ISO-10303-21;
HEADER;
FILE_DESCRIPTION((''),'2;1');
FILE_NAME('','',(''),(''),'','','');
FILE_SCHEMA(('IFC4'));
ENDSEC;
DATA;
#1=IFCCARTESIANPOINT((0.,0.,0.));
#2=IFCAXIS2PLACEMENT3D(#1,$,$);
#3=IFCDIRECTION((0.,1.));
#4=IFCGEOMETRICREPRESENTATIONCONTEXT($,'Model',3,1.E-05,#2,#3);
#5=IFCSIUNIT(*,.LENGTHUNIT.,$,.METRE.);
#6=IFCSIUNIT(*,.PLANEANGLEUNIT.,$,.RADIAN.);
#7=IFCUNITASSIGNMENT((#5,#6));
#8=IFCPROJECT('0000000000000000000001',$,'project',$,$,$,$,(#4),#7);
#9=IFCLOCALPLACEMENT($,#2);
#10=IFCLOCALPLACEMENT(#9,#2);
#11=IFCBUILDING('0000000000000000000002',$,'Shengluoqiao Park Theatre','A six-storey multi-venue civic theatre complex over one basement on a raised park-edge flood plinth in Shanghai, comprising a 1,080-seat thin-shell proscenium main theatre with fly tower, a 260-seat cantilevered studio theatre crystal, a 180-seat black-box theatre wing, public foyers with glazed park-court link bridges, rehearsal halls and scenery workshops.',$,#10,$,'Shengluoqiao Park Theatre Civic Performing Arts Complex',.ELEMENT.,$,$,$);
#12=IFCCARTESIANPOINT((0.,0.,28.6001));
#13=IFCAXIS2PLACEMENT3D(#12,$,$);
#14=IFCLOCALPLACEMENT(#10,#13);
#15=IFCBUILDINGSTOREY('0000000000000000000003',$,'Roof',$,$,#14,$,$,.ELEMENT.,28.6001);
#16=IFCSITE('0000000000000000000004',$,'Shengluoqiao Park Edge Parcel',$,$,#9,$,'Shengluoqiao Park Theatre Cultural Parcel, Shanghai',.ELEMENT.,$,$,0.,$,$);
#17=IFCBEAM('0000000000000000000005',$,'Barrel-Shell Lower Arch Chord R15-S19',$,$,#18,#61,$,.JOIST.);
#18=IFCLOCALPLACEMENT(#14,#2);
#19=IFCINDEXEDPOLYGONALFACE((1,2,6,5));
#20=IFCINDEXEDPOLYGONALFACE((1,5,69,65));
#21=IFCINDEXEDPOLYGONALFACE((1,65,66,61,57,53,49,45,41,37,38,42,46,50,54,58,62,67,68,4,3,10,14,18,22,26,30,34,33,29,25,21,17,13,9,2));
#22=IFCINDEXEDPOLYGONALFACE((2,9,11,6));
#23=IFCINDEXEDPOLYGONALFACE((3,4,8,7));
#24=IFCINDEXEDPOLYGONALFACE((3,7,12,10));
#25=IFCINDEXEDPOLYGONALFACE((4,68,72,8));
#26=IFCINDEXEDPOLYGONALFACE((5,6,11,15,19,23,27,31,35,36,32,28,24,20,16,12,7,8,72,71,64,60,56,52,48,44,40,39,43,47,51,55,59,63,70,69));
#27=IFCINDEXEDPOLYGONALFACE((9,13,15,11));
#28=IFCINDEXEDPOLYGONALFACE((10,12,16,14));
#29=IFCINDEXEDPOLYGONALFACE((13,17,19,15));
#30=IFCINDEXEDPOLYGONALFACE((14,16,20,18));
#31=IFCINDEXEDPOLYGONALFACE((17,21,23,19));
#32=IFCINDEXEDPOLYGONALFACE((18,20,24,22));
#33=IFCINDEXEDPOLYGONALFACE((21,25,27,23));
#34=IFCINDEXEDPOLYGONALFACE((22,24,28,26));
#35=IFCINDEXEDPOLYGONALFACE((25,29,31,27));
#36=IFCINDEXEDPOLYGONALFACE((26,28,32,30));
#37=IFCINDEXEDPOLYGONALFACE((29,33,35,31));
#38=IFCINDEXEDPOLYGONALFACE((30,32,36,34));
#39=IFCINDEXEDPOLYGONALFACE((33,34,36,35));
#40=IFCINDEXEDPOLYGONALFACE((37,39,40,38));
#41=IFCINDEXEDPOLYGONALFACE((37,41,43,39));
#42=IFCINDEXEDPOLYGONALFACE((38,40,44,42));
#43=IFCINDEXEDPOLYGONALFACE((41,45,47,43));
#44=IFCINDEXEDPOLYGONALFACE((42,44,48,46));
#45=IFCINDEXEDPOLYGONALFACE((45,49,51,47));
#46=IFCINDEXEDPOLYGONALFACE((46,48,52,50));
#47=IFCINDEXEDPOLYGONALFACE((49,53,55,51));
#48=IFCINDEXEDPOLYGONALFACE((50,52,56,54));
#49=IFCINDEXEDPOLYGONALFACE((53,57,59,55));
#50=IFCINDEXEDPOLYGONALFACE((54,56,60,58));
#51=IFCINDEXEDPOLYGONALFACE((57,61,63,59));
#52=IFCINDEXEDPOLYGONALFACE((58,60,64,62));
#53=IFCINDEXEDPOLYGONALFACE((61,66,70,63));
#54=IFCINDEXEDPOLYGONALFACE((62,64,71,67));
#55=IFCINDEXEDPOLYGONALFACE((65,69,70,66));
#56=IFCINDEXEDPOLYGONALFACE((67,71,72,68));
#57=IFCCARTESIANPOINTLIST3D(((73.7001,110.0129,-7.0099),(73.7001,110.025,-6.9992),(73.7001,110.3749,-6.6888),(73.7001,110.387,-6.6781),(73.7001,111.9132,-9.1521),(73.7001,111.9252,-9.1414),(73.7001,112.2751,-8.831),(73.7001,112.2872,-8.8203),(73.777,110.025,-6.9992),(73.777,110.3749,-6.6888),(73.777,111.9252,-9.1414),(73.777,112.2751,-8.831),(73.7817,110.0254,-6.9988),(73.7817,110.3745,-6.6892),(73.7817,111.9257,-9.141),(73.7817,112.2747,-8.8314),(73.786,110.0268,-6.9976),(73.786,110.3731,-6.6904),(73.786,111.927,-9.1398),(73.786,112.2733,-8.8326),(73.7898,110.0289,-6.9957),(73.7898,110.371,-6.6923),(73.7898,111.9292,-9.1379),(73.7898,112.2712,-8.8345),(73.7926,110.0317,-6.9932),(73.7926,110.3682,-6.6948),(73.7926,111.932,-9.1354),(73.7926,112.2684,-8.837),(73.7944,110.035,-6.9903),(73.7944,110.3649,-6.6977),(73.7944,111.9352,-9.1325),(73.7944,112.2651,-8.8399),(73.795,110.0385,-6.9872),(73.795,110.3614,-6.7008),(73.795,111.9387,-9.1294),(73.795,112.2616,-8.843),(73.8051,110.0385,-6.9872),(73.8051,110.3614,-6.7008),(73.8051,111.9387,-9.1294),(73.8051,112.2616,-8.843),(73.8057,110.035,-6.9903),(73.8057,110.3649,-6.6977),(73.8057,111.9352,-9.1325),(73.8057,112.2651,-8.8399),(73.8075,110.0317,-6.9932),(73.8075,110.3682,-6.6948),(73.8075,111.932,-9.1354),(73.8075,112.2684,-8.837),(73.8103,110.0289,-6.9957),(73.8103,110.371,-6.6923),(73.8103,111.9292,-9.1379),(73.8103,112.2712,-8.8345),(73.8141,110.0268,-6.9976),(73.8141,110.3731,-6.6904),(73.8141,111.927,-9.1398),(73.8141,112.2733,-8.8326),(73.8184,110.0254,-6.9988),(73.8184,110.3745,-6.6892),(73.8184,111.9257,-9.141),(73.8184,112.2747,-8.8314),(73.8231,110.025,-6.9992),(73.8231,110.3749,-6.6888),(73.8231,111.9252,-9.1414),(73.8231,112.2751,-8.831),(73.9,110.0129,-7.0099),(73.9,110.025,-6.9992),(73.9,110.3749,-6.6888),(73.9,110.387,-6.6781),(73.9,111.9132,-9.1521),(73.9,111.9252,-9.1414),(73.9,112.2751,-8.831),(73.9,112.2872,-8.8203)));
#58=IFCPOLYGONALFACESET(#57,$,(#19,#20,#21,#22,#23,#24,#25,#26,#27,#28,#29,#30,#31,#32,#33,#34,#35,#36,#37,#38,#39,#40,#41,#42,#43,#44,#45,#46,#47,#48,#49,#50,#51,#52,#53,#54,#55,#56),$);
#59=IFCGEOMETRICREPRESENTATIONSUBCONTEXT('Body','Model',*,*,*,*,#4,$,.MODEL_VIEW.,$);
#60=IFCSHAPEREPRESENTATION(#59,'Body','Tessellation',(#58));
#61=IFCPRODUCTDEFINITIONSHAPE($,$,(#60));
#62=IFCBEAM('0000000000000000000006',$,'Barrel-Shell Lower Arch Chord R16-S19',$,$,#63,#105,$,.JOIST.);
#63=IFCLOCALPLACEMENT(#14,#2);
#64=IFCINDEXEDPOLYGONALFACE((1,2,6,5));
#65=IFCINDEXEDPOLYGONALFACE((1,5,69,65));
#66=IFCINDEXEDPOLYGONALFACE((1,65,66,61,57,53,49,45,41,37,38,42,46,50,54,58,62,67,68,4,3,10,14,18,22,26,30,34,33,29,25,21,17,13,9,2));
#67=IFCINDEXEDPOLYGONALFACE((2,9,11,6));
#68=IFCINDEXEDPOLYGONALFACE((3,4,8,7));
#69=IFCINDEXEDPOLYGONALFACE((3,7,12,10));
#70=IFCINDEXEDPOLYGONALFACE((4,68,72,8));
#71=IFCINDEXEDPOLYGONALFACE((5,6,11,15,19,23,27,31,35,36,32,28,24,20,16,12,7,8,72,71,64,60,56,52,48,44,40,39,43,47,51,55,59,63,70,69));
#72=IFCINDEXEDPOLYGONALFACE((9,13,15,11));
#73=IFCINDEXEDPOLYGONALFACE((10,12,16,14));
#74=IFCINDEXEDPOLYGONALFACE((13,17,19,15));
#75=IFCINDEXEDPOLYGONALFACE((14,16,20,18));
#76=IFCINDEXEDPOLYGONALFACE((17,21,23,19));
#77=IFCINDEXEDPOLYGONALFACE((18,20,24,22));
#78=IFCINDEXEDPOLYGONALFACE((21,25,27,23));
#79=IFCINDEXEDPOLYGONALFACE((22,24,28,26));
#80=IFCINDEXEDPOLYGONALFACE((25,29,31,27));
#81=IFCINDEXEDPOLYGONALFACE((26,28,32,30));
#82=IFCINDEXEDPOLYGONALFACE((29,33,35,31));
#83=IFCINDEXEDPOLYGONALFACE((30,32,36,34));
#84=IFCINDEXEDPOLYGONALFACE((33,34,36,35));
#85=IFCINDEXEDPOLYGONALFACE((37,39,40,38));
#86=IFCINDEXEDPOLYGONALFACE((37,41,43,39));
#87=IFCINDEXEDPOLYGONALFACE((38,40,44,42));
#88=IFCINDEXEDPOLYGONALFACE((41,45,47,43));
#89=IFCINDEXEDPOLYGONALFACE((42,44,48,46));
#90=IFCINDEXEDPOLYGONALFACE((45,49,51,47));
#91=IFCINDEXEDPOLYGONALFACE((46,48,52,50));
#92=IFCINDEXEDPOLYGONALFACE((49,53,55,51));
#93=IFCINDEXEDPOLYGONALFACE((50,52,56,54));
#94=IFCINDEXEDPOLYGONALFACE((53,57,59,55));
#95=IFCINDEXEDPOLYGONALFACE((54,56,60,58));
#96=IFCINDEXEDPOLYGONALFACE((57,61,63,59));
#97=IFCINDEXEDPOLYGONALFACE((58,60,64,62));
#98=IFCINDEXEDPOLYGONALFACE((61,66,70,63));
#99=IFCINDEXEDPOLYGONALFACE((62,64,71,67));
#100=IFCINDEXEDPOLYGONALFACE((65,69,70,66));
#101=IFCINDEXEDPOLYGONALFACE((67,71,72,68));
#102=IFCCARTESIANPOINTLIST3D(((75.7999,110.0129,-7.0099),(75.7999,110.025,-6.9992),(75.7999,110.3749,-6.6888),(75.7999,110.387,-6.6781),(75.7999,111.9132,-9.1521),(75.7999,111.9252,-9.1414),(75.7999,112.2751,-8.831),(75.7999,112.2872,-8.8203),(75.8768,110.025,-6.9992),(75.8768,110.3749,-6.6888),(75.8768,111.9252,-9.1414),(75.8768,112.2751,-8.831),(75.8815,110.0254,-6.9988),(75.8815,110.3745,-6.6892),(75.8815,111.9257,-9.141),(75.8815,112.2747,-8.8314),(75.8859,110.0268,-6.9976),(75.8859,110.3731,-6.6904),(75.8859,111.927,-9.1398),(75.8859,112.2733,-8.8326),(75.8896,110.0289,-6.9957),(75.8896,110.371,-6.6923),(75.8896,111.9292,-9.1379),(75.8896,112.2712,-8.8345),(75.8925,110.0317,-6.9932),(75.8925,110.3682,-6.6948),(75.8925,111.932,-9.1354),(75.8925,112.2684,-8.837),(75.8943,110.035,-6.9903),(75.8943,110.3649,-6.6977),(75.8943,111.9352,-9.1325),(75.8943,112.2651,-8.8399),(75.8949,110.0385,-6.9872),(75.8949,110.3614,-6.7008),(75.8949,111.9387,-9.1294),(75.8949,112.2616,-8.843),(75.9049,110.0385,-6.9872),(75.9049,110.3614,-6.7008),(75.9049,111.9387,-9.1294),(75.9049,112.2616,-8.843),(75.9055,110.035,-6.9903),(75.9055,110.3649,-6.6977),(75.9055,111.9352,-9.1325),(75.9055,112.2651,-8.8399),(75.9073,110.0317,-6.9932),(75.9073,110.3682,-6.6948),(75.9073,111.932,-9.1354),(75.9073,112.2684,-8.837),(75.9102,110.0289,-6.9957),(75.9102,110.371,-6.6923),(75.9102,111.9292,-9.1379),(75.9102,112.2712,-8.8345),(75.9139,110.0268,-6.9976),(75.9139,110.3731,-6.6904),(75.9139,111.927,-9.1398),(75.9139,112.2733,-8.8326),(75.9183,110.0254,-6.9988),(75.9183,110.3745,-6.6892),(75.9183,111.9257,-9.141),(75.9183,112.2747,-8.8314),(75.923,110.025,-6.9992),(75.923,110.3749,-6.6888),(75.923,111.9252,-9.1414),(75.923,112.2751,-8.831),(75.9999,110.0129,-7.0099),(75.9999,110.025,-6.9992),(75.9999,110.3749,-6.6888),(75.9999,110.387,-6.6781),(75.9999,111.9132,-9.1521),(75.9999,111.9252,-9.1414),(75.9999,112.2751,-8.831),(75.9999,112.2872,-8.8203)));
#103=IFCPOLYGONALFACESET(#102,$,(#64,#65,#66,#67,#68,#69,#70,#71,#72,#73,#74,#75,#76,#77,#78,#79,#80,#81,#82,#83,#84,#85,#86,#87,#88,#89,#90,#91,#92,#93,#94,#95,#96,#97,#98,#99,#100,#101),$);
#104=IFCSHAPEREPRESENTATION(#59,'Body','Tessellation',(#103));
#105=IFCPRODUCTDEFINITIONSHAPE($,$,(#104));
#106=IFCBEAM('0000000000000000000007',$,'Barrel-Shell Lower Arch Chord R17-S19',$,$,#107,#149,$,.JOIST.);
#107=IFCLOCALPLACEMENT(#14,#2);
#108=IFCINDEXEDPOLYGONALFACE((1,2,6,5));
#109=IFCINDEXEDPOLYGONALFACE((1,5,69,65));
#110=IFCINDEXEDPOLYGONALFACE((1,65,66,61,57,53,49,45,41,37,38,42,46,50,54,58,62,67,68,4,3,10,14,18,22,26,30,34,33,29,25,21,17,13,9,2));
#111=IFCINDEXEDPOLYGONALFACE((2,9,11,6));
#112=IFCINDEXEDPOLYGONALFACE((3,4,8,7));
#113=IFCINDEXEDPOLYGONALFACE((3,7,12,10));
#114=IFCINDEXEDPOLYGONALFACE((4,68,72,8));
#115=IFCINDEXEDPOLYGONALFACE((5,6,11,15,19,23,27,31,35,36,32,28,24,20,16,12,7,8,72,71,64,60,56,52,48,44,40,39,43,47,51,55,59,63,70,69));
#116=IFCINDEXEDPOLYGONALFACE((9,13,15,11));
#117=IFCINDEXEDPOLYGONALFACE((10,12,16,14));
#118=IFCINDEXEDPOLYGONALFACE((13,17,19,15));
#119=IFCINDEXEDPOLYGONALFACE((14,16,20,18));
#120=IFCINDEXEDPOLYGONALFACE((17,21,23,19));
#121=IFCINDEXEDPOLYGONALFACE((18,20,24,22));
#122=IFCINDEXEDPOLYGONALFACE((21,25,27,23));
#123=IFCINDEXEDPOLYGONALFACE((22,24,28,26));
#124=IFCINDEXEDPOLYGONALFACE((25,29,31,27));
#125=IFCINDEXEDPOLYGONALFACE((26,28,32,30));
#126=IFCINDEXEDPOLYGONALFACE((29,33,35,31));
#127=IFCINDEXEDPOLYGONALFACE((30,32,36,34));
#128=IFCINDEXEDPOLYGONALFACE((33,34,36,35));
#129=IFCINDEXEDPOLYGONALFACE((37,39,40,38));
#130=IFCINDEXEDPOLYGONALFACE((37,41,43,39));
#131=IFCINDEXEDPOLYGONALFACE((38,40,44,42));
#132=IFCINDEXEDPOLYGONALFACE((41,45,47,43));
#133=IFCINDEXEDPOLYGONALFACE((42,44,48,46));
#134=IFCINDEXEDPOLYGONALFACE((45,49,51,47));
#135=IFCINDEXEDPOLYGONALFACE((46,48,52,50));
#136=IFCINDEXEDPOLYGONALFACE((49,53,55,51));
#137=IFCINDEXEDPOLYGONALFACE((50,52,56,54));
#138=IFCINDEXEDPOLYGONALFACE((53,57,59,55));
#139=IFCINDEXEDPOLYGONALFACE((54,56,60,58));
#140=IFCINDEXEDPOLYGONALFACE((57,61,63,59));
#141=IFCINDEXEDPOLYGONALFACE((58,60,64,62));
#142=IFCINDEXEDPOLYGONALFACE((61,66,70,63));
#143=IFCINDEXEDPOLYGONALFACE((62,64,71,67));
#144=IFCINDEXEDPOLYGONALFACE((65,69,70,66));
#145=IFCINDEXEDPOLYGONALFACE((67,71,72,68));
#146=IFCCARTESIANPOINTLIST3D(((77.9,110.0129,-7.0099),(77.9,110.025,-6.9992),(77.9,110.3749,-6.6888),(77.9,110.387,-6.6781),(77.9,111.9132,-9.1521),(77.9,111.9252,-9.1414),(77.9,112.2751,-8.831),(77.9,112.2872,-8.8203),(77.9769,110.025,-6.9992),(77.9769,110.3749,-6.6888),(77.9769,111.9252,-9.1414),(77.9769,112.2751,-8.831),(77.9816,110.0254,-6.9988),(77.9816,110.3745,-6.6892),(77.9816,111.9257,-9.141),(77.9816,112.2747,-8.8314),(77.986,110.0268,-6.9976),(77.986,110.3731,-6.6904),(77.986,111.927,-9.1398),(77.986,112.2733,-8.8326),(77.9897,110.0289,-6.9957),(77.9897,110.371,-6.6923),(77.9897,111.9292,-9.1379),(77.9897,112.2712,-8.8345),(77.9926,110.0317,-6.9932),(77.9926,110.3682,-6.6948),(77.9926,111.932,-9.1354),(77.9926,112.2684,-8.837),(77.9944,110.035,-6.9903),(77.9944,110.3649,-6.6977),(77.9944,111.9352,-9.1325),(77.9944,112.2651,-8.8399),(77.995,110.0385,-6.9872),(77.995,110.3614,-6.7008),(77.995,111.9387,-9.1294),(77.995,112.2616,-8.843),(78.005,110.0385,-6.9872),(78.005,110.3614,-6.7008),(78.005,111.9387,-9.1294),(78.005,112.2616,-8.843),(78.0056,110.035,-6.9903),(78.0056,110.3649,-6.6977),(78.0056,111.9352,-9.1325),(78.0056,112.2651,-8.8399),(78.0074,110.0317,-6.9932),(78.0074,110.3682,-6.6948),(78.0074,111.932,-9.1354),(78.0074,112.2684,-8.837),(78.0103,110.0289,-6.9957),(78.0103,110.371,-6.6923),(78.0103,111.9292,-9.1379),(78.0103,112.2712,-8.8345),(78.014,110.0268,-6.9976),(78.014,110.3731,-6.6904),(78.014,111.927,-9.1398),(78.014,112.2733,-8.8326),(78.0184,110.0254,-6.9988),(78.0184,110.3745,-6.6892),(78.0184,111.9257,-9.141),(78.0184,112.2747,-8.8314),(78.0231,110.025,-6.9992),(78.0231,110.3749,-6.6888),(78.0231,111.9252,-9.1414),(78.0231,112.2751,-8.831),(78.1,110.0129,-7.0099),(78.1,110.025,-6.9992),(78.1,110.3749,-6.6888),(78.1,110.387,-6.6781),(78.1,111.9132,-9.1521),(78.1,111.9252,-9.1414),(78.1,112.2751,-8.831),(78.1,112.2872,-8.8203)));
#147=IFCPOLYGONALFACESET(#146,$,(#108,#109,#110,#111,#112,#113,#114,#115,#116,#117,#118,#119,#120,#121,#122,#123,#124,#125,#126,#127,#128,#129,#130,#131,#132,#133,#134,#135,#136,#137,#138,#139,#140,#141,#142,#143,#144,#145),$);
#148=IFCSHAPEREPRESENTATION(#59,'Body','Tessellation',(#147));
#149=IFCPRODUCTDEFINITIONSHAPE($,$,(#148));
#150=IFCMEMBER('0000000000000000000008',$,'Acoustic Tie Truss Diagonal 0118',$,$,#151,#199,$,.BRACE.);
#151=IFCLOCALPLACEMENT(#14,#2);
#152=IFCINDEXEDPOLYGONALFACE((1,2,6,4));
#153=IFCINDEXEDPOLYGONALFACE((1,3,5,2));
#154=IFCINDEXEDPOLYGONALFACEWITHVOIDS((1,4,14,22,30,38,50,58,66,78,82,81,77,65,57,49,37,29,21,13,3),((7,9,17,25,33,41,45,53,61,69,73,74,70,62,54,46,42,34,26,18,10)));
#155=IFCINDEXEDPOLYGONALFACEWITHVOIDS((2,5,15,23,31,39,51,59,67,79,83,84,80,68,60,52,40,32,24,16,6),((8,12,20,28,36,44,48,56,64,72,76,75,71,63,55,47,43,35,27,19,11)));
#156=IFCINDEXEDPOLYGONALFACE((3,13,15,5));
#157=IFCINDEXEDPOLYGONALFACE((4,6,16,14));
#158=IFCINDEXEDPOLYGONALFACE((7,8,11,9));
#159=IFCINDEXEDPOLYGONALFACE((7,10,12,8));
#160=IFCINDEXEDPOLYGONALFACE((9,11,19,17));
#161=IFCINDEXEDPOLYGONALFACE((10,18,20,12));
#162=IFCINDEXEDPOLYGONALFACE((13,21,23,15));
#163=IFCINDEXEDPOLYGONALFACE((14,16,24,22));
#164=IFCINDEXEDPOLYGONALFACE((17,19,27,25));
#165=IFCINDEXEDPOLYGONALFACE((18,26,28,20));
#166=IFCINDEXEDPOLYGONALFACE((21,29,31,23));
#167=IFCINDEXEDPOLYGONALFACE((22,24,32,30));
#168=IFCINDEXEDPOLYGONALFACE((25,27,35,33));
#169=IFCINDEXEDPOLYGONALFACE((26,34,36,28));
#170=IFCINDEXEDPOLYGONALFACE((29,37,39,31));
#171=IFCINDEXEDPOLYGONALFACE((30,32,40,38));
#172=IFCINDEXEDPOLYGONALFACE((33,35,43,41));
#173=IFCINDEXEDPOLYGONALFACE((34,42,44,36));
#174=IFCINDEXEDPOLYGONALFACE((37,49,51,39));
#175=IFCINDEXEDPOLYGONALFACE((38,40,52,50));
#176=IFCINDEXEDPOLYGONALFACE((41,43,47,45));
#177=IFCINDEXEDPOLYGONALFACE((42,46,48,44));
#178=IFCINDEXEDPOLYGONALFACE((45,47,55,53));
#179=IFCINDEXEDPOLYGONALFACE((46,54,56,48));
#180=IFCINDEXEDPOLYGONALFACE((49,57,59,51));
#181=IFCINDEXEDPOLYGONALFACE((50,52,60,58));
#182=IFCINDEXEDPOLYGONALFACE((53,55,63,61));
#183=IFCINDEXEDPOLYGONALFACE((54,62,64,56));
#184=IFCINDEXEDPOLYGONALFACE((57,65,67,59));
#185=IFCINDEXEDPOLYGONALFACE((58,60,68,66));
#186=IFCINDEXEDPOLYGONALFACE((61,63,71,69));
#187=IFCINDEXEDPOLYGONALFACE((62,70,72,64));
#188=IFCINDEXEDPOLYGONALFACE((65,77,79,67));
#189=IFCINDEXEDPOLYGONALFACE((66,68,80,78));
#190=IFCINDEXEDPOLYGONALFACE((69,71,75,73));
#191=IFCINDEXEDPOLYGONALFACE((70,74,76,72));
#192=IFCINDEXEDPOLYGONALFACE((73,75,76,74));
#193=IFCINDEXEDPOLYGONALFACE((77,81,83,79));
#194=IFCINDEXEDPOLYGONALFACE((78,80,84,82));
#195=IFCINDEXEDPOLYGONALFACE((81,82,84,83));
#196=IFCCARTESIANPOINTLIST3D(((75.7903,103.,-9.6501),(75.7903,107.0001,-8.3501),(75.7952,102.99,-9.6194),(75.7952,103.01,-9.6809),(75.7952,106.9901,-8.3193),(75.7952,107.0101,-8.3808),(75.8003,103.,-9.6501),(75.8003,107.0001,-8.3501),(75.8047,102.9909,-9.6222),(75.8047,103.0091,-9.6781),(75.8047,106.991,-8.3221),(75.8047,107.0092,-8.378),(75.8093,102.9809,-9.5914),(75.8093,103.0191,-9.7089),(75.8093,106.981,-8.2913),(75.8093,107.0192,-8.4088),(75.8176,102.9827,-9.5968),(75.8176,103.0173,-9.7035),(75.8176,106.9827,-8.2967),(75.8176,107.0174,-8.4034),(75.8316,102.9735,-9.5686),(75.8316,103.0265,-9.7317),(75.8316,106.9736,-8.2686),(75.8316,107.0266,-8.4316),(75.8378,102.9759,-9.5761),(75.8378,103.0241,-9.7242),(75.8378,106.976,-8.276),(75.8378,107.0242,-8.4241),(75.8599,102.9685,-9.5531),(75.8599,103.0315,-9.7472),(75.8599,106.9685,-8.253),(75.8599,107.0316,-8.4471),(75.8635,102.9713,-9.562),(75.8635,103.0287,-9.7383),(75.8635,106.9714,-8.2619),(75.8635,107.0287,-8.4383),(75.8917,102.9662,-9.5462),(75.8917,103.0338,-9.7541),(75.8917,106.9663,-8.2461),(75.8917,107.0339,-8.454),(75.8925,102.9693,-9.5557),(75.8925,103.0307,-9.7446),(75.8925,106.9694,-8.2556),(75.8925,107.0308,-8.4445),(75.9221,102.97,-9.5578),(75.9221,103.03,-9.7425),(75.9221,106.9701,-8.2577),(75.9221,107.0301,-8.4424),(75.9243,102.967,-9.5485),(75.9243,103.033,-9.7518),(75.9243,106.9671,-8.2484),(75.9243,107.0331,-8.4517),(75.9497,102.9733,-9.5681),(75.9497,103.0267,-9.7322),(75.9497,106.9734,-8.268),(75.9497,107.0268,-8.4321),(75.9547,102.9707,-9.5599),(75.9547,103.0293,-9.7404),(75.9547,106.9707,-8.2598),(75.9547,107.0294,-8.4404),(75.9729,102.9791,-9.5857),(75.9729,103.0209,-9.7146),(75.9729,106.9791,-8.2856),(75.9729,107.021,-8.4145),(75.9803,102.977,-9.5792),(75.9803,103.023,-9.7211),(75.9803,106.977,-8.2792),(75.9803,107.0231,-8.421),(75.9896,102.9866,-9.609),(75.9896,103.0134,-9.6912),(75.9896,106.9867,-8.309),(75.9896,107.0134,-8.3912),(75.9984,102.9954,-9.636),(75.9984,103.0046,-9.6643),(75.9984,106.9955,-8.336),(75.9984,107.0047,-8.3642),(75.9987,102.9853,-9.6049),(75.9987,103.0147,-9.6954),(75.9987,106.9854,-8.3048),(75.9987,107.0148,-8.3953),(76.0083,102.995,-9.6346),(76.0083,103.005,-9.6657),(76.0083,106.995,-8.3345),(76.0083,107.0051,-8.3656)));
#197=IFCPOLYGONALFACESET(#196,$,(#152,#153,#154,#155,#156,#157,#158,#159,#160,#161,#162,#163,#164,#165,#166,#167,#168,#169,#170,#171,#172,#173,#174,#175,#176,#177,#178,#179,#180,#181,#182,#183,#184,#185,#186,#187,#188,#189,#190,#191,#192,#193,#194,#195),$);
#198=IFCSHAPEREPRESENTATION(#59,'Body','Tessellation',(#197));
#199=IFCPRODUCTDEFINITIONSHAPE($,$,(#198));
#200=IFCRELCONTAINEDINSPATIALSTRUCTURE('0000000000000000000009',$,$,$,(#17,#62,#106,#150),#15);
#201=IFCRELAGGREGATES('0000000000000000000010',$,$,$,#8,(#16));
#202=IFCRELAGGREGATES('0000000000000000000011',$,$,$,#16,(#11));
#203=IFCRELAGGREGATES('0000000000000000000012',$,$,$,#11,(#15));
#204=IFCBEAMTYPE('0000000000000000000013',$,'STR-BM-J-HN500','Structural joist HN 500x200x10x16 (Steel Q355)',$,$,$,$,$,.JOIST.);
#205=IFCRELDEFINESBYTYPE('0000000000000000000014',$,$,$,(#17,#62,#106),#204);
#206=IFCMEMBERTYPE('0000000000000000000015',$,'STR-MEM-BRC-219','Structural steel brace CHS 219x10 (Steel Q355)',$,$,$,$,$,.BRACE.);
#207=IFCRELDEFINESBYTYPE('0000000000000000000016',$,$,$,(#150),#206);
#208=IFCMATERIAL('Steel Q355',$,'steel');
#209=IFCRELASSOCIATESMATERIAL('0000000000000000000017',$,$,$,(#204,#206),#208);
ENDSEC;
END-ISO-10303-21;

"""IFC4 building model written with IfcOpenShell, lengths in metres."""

from ifc_helpers import new_model, si_unit, direction, frame, origin, origin_2d, place, context, subcontext, project, spatial, hollow_circle, i_section, extrude, material, material_profile, profile_set, type_object, element, save


model = new_model("IFC4")

# Units and contexts
model_context = context("Model", 3, precision=1e-05, world=origin(), true_north=direction((0.0, 1.0)))
body_context = subcontext(model_context, "Body", "Model", "MODEL_VIEW")
ifc_project = project(units=[si_unit("LENGTHUNIT", "METRE"), si_unit("PLANEANGLEUNIT", "RADIAN")], contexts=[model_context])

# Site, building, storey
site_placement = place(None, origin())
site = spatial("IfcSite", under=ifc_project, at=site_placement, Name="Shengluoqiao Park Edge Parcel", LongName="Shengluoqiao Park Theatre Cultural Parcel, Shanghai", CompositionType="ELEMENT", RefElevation=0.0)
building_placement = place(site_placement, origin())
building = spatial("IfcBuilding", under=site, at=building_placement, Name="Shengluoqiao Park Theatre", Description="A six-storey multi-venue civic theatre complex over one basement on a raised park-edge flood plinth in Shanghai, comprising a 1,080-seat thin-shell proscenium main theatre with fly tower, a 260-seat cantilevered studio theatre crystal, a 180-seat black-box theatre wing, public foyers with glazed park-court link bridges, rehearsal halls and scenery workshops.", LongName="Shengluoqiao Park Theatre Civic Performing Arts Complex", CompositionType="ELEMENT")
storey_placement = place(building_placement, frame((0.0, 0.0, 28.6001)))
storey = spatial("IfcBuildingStorey", under=building, at=storey_placement, Name="Roof", CompositionType="ELEMENT", Elevation=28.6001)

# Beams
ifc_material_1 = material(Name="Steel Q355", Category="steel")
ifc_material_profile_1 = material_profile(ifc_material_1, i_section(OverallWidth=0.2, OverallDepth=0.5, WebThickness=0.01, FlangeThickness=0.0161, FilletRadius=0.0181, at=origin_2d()), Name="HN 500x200x10x16")
ifc_profile_set_1 = profile_set([ifc_material_profile_1], Name="Steel Q355")
beam_type_1 = type_object("IfcBeamType", Name="STR-BM-J-HN500", Description="Structural joist HN 500x200x10x16 (Steel Q355)", PredefinedType="JOIST", material=ifc_profile_set_1)
for number, where, z_axis, x_axis, name in (
    (1, (73.8, 110.2, -6.844), (0.0, 0.663596, -0.748091), (-1.0, 0.0, 0.0), "Barrel-Shell Lower Arch Chord R15-S19"),
    (2, (75.8999, 110.2, -6.844), (0.0, 0.663596, -0.748091), (-1.0, 0.0, 0.0), "Barrel-Shell Lower Arch Chord R16-S19"),
    (3, (78.0, 110.2, -6.844), (0.0, 0.663596, -0.748091), (-1.0, 0.0, 0.0), "Barrel-Shell Lower Arch Chord R17-S19"),
):
    element("IfcBeam", number, at=place(storey_placement, frame(where, z_axis=z_axis, x_axis=x_axis)), inside=storey, type_object=beam_type_1, Name=name, PredefinedType="JOIST", context=body_context, shape_type="SweptSolid", body=[
        extrude(i_section(OverallWidth=0.2, OverallDepth=0.5, WebThickness=0.01, FlangeThickness=0.0161, FilletRadius=0.0181, at=origin_2d()), origin(), (0.0, 0.0, 1.0), 2.8635),
    ])

# Member
ifc_material_profile_2 = material_profile(ifc_material_1, hollow_circle(Radius=0.1096, WallThickness=0.01, at=origin_2d()), Name="CHS 219x10")
ifc_profile_set_2 = profile_set([ifc_material_profile_2], Name="Steel Q355")
member_type_1 = type_object("IfcMemberType", Name="STR-MEM-BRC-219", Description="Structural steel brace CHS 219x10 (Steel Q355)", PredefinedType="BRACE", material=ifc_profile_set_2)
for number, where, z_axis, x_axis, name in (
    (4, (75.8999, 103.0, -9.6501), (0.0, 0.951031, 0.309097), (-1.0, 0.0, 0.0), "Acoustic Tie Truss Diagonal 0118"),
):
    element("IfcMember", number, at=place(storey_placement, frame(where, z_axis=z_axis, x_axis=x_axis)), inside=storey, type_object=member_type_1, Name=name, PredefinedType="BRACE", context=body_context, shape_type="SweptSolid", body=[
        extrude(hollow_circle(Radius=0.1096, WallThickness=0.01, at=origin_2d()), origin(), (0.0, 0.0, 1.0), 4.2061),
    ])

save(model, "model.ifc")
